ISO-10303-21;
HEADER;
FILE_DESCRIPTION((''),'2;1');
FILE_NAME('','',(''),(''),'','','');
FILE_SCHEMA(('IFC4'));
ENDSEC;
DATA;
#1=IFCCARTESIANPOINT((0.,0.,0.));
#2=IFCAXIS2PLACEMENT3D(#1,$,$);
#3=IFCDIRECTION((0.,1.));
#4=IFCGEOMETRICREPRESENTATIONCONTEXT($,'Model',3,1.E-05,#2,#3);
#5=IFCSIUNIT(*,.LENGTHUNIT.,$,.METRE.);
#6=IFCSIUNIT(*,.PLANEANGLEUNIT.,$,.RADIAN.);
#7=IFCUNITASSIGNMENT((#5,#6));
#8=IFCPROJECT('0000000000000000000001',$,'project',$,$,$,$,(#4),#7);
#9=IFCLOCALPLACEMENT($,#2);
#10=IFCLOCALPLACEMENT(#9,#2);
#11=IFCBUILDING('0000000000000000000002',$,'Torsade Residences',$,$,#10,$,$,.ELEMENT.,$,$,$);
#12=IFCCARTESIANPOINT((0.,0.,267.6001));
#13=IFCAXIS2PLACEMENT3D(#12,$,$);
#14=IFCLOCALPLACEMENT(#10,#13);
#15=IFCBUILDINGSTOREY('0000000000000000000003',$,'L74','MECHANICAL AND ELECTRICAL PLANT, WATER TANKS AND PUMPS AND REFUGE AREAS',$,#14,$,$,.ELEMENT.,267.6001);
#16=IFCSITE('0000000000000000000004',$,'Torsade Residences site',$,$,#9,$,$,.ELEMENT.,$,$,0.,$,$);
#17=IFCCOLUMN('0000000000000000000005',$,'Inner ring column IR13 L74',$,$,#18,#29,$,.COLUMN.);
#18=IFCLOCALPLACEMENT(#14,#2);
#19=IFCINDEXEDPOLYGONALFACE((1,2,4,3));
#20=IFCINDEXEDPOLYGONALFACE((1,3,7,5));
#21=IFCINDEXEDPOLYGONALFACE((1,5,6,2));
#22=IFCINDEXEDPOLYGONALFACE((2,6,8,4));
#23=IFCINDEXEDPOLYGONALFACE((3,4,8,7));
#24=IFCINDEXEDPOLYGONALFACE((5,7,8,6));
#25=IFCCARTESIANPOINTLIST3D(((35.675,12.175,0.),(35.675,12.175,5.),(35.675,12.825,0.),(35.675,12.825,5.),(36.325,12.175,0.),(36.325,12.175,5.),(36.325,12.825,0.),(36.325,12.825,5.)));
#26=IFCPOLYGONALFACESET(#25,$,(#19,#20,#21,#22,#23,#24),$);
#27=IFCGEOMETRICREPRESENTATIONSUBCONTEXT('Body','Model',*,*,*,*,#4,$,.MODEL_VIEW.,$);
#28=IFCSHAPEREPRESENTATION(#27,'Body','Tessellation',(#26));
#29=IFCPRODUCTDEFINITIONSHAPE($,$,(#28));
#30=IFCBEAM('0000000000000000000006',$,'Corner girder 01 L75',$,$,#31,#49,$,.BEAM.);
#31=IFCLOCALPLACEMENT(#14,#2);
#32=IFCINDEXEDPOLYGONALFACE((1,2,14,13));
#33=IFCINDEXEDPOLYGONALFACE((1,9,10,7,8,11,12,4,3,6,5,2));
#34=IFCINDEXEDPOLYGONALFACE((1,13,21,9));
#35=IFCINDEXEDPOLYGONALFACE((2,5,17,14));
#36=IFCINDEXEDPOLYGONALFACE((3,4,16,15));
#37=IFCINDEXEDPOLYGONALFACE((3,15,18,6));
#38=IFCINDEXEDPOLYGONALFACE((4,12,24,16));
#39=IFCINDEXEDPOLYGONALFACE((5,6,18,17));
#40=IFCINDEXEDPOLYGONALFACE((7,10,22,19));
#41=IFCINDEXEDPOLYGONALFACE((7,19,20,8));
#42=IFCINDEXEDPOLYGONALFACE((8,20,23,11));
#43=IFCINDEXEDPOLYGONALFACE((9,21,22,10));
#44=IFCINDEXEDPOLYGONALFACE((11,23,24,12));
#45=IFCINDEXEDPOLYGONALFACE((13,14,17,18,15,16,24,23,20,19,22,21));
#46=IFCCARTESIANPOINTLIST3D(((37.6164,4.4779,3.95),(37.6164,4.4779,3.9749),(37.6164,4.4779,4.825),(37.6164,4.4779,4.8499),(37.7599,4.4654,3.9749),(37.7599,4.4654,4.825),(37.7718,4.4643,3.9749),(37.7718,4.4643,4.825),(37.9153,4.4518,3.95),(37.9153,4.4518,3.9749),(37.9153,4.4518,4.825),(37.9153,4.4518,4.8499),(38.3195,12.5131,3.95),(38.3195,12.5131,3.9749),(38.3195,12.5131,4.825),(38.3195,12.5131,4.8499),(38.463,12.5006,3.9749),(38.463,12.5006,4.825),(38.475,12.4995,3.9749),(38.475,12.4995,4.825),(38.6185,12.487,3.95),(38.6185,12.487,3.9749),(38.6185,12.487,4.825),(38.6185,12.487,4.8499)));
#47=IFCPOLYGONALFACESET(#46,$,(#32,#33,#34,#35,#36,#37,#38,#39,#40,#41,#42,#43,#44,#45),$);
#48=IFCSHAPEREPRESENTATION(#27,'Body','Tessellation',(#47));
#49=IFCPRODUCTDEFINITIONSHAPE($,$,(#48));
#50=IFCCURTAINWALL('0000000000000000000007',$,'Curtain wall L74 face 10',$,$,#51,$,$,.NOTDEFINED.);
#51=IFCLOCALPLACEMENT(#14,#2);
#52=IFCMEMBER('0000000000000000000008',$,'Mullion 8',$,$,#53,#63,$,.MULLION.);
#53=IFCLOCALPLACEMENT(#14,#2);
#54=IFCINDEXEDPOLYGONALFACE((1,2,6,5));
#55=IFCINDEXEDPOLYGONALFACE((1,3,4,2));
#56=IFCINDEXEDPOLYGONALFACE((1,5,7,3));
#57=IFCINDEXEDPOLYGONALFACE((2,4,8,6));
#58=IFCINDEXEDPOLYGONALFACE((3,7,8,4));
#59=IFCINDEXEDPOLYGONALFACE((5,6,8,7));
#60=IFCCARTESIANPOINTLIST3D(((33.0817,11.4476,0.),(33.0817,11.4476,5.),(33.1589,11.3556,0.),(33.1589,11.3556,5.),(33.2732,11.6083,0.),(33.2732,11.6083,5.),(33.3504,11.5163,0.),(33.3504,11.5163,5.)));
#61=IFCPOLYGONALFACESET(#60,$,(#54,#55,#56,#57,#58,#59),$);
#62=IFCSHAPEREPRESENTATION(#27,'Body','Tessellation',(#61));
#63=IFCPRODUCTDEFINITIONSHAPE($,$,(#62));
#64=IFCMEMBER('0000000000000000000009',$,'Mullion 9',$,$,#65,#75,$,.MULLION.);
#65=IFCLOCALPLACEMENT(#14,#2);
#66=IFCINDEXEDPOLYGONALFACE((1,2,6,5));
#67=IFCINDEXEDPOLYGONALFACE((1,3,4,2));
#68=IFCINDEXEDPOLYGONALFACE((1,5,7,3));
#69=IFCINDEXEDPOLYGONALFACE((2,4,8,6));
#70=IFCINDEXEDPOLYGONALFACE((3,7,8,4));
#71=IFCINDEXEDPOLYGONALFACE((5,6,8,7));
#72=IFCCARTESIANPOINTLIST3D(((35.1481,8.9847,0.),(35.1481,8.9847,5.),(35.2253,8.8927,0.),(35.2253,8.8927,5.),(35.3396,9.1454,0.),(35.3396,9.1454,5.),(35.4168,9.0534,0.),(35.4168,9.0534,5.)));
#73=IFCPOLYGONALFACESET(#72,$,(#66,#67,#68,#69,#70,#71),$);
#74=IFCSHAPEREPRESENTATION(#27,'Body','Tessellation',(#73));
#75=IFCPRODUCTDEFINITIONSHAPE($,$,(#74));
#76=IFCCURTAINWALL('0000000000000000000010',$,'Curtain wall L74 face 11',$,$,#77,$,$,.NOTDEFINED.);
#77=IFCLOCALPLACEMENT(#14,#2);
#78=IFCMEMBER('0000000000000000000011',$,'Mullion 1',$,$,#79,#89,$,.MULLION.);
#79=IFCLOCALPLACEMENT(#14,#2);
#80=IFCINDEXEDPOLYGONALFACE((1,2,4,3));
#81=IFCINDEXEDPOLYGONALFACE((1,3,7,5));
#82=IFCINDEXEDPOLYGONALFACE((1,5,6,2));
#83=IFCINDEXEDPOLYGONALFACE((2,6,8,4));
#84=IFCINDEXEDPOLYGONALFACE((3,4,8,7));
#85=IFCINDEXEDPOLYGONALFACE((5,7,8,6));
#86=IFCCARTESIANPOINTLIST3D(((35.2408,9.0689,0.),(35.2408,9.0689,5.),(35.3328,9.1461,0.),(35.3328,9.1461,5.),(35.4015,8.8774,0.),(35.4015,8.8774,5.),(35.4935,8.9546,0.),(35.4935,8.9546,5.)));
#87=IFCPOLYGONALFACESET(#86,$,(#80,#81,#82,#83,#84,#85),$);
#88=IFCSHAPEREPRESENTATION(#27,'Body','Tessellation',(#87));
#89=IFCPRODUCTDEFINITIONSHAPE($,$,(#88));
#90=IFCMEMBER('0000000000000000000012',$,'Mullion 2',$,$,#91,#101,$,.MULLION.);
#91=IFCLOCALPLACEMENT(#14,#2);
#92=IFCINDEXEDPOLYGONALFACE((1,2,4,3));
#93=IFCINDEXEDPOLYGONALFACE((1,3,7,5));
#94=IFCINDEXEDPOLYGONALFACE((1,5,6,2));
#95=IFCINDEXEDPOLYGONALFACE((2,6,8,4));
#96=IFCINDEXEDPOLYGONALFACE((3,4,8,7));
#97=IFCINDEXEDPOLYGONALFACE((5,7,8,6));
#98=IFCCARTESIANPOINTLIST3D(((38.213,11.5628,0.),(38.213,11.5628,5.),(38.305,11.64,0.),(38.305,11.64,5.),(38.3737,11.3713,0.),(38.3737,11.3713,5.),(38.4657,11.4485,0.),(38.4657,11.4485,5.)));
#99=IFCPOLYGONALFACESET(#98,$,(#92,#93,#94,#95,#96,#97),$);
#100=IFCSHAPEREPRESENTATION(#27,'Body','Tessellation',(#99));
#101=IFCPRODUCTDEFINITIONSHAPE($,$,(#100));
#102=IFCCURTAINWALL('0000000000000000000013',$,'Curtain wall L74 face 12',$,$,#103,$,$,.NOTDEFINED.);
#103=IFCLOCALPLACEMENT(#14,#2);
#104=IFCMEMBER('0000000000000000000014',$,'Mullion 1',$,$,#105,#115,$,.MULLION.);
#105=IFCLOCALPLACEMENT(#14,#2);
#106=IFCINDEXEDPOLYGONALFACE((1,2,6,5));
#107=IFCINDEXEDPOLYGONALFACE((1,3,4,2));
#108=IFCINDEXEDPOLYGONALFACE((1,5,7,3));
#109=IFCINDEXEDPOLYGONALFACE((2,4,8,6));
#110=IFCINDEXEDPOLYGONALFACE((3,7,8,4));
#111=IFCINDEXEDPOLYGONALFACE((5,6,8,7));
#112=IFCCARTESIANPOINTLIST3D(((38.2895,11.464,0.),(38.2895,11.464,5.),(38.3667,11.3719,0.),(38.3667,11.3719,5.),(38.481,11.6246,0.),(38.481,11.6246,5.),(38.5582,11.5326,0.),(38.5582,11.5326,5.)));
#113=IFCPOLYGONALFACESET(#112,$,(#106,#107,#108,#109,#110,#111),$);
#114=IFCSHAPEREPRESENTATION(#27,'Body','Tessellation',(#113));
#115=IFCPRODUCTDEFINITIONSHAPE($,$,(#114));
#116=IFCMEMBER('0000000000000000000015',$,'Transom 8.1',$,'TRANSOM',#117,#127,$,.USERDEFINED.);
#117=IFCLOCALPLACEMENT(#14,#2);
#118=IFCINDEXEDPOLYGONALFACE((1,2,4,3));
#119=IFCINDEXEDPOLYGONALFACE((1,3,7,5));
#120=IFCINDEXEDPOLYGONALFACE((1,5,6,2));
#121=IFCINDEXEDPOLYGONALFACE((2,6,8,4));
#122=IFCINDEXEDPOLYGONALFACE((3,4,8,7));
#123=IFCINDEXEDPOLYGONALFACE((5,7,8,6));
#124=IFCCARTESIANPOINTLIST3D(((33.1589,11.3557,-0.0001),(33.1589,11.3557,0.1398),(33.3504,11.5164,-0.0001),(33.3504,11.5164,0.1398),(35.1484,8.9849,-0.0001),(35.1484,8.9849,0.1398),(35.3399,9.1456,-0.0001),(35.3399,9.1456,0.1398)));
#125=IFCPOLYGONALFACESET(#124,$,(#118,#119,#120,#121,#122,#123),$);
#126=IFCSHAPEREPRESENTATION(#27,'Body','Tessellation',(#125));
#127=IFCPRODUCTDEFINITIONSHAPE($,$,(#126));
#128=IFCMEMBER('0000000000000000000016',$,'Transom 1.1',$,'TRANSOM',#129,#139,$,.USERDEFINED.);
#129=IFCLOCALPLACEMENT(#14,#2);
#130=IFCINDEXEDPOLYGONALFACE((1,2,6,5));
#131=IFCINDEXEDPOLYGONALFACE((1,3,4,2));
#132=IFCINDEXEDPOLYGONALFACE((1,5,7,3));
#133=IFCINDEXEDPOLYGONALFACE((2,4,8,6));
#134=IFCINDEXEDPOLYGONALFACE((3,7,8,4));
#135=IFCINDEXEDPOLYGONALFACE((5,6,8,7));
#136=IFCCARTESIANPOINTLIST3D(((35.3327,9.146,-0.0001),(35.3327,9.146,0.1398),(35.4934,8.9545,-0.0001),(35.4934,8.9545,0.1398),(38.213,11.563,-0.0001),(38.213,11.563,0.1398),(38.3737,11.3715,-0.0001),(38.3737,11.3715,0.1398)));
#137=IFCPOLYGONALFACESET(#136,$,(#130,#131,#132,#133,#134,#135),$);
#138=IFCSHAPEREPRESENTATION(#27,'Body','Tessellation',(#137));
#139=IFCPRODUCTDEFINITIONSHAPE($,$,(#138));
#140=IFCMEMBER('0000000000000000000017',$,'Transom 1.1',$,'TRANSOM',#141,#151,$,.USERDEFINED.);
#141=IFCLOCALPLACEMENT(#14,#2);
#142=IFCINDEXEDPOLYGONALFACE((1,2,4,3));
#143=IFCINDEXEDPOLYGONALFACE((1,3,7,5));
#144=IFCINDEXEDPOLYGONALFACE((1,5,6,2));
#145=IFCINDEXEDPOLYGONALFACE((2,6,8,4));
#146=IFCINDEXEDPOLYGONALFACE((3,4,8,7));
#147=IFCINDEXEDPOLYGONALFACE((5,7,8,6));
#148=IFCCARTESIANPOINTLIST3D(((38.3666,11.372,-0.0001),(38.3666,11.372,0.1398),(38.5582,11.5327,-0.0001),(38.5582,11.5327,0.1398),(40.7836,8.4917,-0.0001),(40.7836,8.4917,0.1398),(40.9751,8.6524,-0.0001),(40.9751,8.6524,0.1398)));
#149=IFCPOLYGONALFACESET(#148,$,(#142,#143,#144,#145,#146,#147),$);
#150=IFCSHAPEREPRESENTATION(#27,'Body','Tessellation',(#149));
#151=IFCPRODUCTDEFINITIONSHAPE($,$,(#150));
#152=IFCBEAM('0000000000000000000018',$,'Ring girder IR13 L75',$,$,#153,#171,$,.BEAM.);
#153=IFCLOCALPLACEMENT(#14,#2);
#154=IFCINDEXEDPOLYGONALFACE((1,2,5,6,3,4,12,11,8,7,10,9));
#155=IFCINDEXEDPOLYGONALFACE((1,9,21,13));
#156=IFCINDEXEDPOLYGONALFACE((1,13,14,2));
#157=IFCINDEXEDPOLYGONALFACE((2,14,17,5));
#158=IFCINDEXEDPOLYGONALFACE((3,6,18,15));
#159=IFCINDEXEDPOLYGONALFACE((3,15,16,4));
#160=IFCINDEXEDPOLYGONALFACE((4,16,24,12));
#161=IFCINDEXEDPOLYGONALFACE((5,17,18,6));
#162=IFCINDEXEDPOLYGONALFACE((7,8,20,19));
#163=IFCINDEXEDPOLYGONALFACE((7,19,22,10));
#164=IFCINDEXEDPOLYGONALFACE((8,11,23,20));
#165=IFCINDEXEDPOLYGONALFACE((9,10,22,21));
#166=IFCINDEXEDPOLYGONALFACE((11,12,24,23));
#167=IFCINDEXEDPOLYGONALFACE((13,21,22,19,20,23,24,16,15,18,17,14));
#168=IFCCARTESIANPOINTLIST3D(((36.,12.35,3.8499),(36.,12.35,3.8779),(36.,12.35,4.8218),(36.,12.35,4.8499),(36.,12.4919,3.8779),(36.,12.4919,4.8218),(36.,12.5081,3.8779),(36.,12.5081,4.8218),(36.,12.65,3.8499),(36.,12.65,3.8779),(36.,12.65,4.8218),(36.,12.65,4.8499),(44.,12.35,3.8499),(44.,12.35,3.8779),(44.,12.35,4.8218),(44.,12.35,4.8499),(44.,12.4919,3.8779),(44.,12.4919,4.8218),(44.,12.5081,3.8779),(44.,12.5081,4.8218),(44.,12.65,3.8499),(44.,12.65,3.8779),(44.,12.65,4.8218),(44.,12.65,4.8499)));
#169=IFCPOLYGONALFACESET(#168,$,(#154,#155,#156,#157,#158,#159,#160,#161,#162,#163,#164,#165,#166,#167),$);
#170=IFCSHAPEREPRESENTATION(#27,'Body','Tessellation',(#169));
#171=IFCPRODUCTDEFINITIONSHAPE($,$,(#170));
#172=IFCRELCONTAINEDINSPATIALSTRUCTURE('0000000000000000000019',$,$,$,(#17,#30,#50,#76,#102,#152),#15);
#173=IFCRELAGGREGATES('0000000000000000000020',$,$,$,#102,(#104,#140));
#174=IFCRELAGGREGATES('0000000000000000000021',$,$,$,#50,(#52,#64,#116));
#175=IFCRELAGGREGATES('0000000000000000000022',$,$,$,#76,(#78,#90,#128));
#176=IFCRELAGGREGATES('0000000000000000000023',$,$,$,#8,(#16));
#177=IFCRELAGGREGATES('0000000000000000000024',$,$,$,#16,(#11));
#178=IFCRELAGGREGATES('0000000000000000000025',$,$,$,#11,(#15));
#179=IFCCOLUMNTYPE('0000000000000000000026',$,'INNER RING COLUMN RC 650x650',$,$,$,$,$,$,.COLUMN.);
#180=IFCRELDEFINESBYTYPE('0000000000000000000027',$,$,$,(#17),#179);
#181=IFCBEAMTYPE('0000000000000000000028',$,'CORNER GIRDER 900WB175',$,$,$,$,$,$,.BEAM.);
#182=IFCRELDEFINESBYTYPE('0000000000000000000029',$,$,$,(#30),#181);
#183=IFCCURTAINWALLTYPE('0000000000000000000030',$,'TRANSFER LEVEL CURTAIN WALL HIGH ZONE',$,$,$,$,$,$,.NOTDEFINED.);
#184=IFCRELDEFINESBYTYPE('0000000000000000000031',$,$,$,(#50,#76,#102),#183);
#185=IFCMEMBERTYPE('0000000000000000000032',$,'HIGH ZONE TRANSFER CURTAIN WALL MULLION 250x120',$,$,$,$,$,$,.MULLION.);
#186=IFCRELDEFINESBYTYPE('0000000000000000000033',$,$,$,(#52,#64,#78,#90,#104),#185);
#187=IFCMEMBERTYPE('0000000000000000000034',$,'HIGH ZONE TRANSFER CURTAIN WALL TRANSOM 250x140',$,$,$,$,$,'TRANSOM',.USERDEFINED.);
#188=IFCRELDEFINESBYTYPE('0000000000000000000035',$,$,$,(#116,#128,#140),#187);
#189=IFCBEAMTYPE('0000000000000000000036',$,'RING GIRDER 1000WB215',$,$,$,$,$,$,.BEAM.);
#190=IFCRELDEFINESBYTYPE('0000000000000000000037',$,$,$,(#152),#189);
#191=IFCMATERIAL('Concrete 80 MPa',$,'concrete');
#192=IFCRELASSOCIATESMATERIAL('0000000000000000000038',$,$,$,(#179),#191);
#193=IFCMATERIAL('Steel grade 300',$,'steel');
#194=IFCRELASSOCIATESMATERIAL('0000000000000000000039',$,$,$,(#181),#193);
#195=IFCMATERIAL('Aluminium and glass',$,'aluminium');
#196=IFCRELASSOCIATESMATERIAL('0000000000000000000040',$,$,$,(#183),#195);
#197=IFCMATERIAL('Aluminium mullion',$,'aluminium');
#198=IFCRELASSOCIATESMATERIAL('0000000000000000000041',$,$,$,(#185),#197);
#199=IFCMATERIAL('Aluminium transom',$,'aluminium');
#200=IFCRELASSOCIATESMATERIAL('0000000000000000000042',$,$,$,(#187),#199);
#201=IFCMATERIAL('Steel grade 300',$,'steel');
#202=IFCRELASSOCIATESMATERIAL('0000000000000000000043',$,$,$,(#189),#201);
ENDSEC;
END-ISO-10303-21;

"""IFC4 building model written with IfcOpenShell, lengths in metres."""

from ifc_helpers import new_model, si_unit, direction, frame, origin, origin_2d, place, context, subcontext, project, spatial, rectangle, i_section, extrude, material, material_profile, profile_set, type_object, element, aggregate, save


model = new_model("IFC4")

# Units and contexts
model_context = context("Model", 3, precision=1e-05, world=origin(), true_north=direction((0.0, 1.0)))
body_context = subcontext(model_context, "Body", "Model", "MODEL_VIEW")
ifc_project = project(units=[si_unit("LENGTHUNIT", "METRE"), si_unit("PLANEANGLEUNIT", "RADIAN")], contexts=[model_context])

# Site, building, storey
site_placement = place(None, origin())
site = spatial("IfcSite", under=ifc_project, at=site_placement, Name="Torsade Residences site", CompositionType="ELEMENT", RefElevation=0.0)
building_placement = place(site_placement, origin())
building = spatial("IfcBuilding", under=site, at=building_placement, Name="Torsade Residences", CompositionType="ELEMENT")
storey_placement = place(building_placement, frame((0.0, 0.0, 267.6001)))
storey = spatial("IfcBuildingStorey", under=building, at=storey_placement, Name="L74", Description="MECHANICAL AND ELECTRICAL PLANT, WATER TANKS AND PUMPS AND REFUGE AREAS", CompositionType="ELEMENT", Elevation=267.6001)

# Column
ifc_material_1 = material(Name="Concrete 80 MPa", Category="concrete")
ifc_material_profile_1 = material_profile(ifc_material_1, rectangle(XDim=0.6499, YDim=0.6499, at=origin_2d()), Name="RC 650x650")
ifc_profile_set_1 = profile_set([ifc_material_profile_1], Name="Concrete 80 MPa")
column_type = type_object("IfcColumnType", Name="INNER RING COLUMN RC 650x650", PredefinedType="COLUMN", material=ifc_profile_set_1)
column_placement = place(storey_placement, frame((36.0, 12.5, 0.0), z_axis=(0.0, 0.0, 1.0), x_axis=(1.0, 0.0, 0.0)))
element("IfcColumn", 1, at=column_placement, inside=storey, type_object=column_type, Name="Inner ring column IR13 L74", PredefinedType="COLUMN", context=body_context, shape_type="SweptSolid", body=[
    extrude(rectangle(XDim=0.6499, YDim=0.6499, at=origin_2d()), origin(), (0.0, 0.0, 1.0), 5.0),
])

# Beam
ifc_material_2 = material(Name="Steel grade 300", Category="steel")
ifc_material_profile_2 = material_profile(ifc_material_2, i_section(OverallWidth=0.3, OverallDepth=0.8999, WebThickness=0.012, FlangeThickness=0.0249, at=origin_2d()), Name="900WB175")
ifc_profile_set_2 = profile_set([ifc_material_profile_2], Name="Steel grade 300")
beam_type_1 = type_object("IfcBeamType", Name="CORNER GIRDER 900WB175", PredefinedType="BEAM", material=ifc_profile_set_2)
beam_1_placement = place(storey_placement, frame((37.7659, 4.4648, 4.3999), z_axis=(0.087173, 0.996193, 0.0), x_axis=(-0.996193, 0.087173, 0.0)))
element("IfcBeam", 2, at=beam_1_placement, inside=storey, type_object=beam_type_1, Name="Corner girder 01 L75", PredefinedType="BEAM", context=body_context, shape_type="SweptSolid", body=[
    extrude(i_section(OverallWidth=0.3, OverallDepth=0.8999, WebThickness=0.012, FlangeThickness=0.0249, at=origin_2d()), origin(), (0.0, 0.0, 1.0), 8.0659),
])

# Curtain walls, members
ifc_material_3 = material(Name="Aluminium and glass", Category="aluminium")
curtain_wall_type = type_object("IfcCurtainWallType", Name="TRANSFER LEVEL CURTAIN WALL HIGH ZONE", PredefinedType="NOTDEFINED", material=ifc_material_3)
curtain_wall_1_placement = place(storey_placement, origin())
curtain_wall_1 = element("IfcCurtainWall", 3, at=curtain_wall_1_placement, inside=storey, type_object=curtain_wall_type, Name="Curtain wall L74 face 10", PredefinedType="NOTDEFINED")
ifc_material_4 = material(Name="Aluminium mullion", Category="aluminium")
ifc_material_profile_3 = material_profile(ifc_material_4, rectangle(XDim=0.25, YDim=0.1201, at=origin_2d()), Name="HIGH ZONE TRANSFER CURTAIN WALL MULLION 250x120")
ifc_profile_set_3 = profile_set([ifc_material_profile_3], Name="Aluminium mullion")
member_type_1 = type_object("IfcMemberType", Name="HIGH ZONE TRANSFER CURTAIN WALL MULLION 250x120", PredefinedType="MULLION", material=ifc_profile_set_3)
member_1_placement = place(storey_placement, frame((33.2161, 11.4819, 0.0), z_axis=(0.0, 0.0, 1.0), x_axis=(0.766044, 0.642788, 0.0)))
member_1 = element("IfcMember", 4, at=member_1_placement, type_object=member_type_1, Name="Mullion 8", PredefinedType="MULLION", context=body_context, shape_type="SweptSolid", body=[
    extrude(rectangle(XDim=0.25, YDim=0.1201, at=origin_2d()), origin(), (0.0, 0.0, 1.0), 5.0),
])
member_2_placement = place(storey_placement, frame((35.2825, 9.019, 0.0), z_axis=(0.0, 0.0, 1.0), x_axis=(0.766044, 0.642788, 0.0)))
member_2 = element("IfcMember", 5, at=member_2_placement, type_object=member_type_1, Name="Mullion 9", PredefinedType="MULLION", context=body_context, shape_type="SweptSolid", body=[
    extrude(rectangle(XDim=0.25, YDim=0.1201, at=origin_2d()), origin(), (0.0, 0.0, 1.0), 5.0),
])
curtain_wall_2_placement = place(storey_placement, origin())
curtain_wall_2 = element("IfcCurtainWall", 6, at=curtain_wall_2_placement, inside=storey, type_object=curtain_wall_type, Name="Curtain wall L74 face 11", PredefinedType="NOTDEFINED")
member_3_placement = place(storey_placement, frame((35.3672, 9.0117, 0.0), z_axis=(0.0, 0.0, 1.0), x_axis=(-0.642788, 0.766044, 0.0)))
member_3 = element("IfcMember", 7, at=member_3_placement, type_object=member_type_1, Name="Mullion 1", PredefinedType="MULLION", context=body_context, shape_type="SweptSolid", body=[
    extrude(rectangle(XDim=0.25, YDim=0.1201, at=origin_2d()), origin(), (0.0, 0.0, 1.0), 5.0),
])
member_4_placement = place(storey_placement, frame((38.3394, 11.5056, 0.0), z_axis=(0.0, 0.0, 1.0), x_axis=(-0.642788, 0.766044, 0.0)))
member_4 = element("IfcMember", 8, at=member_4_placement, type_object=member_type_1, Name="Mullion 2", PredefinedType="MULLION", context=body_context, shape_type="SweptSolid", body=[
    extrude(rectangle(XDim=0.25, YDim=0.1201, at=origin_2d()), origin(), (0.0, 0.0, 1.0), 5.0),
])

# Curtain wall, member
curtain_wall_3_placement = place(storey_placement, origin())
curtain_wall_3 = element("IfcCurtainWall", 9, at=curtain_wall_3_placement, inside=storey, type_object=curtain_wall_type, Name="Curtain wall L74 face 12", PredefinedType="NOTDEFINED")
member_5_placement = place(storey_placement, frame((38.4238, 11.4983, 0.0), z_axis=(0.0, 0.0, 1.0), x_axis=(0.766044, 0.642788, 0.0)))
member_5 = element("IfcMember", 10, at=member_5_placement, type_object=member_type_1, Name="Mullion 1", PredefinedType="MULLION", context=body_context, shape_type="SweptSolid", body=[
    extrude(rectangle(XDim=0.25, YDim=0.1201, at=origin_2d()), origin(), (0.0, 0.0, 1.0), 5.0),
])

# Members
ifc_material_5 = material(Name="Aluminium transom", Category="aluminium")
ifc_material_profile_4 = material_profile(ifc_material_5, rectangle(XDim=0.25, YDim=0.1399, at=origin_2d()), Name="HIGH ZONE TRANSFER CURTAIN WALL TRANSOM 250x140")
ifc_profile_set_4 = profile_set([ifc_material_profile_4], Name="Aluminium transom")
member_type_2 = type_object("IfcMemberType", Name="HIGH ZONE TRANSFER CURTAIN WALL TRANSOM 250x140", ElementType="TRANSOM", PredefinedType="USERDEFINED", material=ifc_profile_set_4)
member_6_placement = place(storey_placement, frame((33.2546, 11.436, 0.0698), z_axis=(0.642811, -0.766025, 0.0), x_axis=(0.766025, 0.642811, 0.0)))
member_6 = element("IfcMember", 11, at=member_6_placement, type_object=member_type_2, Name="Transom 8.1", ObjectType="TRANSOM", PredefinedType="USERDEFINED", context=body_context, shape_type="SweptSolid", body=[
    extrude(rectangle(XDim=0.25, YDim=0.1399, at=origin_2d()), origin(), (0.0, 0.0, 1.0), 3.095),
])
member_7_placement = place(storey_placement, frame((35.4131, 9.0503, 0.0698), z_axis=(0.766035, 0.642799, 0.0), x_axis=(-0.642799, 0.766035, 0.0)))
member_7 = element("IfcMember", 12, at=member_7_placement, type_object=member_type_2, Name="Transom 1.1", ObjectType="TRANSOM", PredefinedType="USERDEFINED", context=body_context, shape_type="SweptSolid", body=[
    extrude(rectangle(XDim=0.25, YDim=0.1399, at=origin_2d()), origin(), (0.0, 0.0, 1.0), 3.76),
])
member_8_placement = place(storey_placement, frame((38.4624, 11.4524, 0.0698), z_axis=(0.642799, -0.766035, 0.0), x_axis=(0.766035, 0.642799, 0.0)))
member_8 = element("IfcMember", 13, at=member_8_placement, type_object=member_type_2, Name="Transom 1.1", ObjectType="TRANSOM", PredefinedType="USERDEFINED", context=body_context, shape_type="SweptSolid", body=[
    extrude(rectangle(XDim=0.25, YDim=0.1399, at=origin_2d()), origin(), (0.0, 0.0, 1.0), 3.76),
])
aggregate(curtain_wall_3, [member_5, member_8])

# Beam
ifc_material_6 = material(Name="Steel grade 300", Category="steel")
ifc_material_profile_5 = material_profile(ifc_material_6, i_section(OverallWidth=0.3, OverallDepth=1.0, WebThickness=0.0161, FlangeThickness=0.0281, at=origin_2d()), Name="1000WB215")
ifc_profile_set_5 = profile_set([ifc_material_profile_5], Name="Steel grade 300")
beam_type_2 = type_object("IfcBeamType", Name="RING GIRDER 1000WB215", PredefinedType="BEAM", material=ifc_profile_set_5)
beam_2_placement = place(storey_placement, frame((36.0, 12.5, 4.3499), z_axis=(1.0, 0.0, 0.0), x_axis=(0.0, 1.0, 0.0)))
element("IfcBeam", 14, at=beam_2_placement, inside=storey, type_object=beam_type_2, Name="Ring girder IR13 L75", PredefinedType="BEAM", context=body_context, shape_type="SweptSolid", body=[
    extrude(i_section(OverallWidth=0.3, OverallDepth=1.0, WebThickness=0.0161, FlangeThickness=0.0281, at=origin_2d()), origin(), (0.0, 0.0, 1.0), 8.0),
])

aggregate(curtain_wall_1, [member_1, member_2, member_6])
aggregate(curtain_wall_2, [member_3, member_4, member_7])

save(model, "model.ifc")
